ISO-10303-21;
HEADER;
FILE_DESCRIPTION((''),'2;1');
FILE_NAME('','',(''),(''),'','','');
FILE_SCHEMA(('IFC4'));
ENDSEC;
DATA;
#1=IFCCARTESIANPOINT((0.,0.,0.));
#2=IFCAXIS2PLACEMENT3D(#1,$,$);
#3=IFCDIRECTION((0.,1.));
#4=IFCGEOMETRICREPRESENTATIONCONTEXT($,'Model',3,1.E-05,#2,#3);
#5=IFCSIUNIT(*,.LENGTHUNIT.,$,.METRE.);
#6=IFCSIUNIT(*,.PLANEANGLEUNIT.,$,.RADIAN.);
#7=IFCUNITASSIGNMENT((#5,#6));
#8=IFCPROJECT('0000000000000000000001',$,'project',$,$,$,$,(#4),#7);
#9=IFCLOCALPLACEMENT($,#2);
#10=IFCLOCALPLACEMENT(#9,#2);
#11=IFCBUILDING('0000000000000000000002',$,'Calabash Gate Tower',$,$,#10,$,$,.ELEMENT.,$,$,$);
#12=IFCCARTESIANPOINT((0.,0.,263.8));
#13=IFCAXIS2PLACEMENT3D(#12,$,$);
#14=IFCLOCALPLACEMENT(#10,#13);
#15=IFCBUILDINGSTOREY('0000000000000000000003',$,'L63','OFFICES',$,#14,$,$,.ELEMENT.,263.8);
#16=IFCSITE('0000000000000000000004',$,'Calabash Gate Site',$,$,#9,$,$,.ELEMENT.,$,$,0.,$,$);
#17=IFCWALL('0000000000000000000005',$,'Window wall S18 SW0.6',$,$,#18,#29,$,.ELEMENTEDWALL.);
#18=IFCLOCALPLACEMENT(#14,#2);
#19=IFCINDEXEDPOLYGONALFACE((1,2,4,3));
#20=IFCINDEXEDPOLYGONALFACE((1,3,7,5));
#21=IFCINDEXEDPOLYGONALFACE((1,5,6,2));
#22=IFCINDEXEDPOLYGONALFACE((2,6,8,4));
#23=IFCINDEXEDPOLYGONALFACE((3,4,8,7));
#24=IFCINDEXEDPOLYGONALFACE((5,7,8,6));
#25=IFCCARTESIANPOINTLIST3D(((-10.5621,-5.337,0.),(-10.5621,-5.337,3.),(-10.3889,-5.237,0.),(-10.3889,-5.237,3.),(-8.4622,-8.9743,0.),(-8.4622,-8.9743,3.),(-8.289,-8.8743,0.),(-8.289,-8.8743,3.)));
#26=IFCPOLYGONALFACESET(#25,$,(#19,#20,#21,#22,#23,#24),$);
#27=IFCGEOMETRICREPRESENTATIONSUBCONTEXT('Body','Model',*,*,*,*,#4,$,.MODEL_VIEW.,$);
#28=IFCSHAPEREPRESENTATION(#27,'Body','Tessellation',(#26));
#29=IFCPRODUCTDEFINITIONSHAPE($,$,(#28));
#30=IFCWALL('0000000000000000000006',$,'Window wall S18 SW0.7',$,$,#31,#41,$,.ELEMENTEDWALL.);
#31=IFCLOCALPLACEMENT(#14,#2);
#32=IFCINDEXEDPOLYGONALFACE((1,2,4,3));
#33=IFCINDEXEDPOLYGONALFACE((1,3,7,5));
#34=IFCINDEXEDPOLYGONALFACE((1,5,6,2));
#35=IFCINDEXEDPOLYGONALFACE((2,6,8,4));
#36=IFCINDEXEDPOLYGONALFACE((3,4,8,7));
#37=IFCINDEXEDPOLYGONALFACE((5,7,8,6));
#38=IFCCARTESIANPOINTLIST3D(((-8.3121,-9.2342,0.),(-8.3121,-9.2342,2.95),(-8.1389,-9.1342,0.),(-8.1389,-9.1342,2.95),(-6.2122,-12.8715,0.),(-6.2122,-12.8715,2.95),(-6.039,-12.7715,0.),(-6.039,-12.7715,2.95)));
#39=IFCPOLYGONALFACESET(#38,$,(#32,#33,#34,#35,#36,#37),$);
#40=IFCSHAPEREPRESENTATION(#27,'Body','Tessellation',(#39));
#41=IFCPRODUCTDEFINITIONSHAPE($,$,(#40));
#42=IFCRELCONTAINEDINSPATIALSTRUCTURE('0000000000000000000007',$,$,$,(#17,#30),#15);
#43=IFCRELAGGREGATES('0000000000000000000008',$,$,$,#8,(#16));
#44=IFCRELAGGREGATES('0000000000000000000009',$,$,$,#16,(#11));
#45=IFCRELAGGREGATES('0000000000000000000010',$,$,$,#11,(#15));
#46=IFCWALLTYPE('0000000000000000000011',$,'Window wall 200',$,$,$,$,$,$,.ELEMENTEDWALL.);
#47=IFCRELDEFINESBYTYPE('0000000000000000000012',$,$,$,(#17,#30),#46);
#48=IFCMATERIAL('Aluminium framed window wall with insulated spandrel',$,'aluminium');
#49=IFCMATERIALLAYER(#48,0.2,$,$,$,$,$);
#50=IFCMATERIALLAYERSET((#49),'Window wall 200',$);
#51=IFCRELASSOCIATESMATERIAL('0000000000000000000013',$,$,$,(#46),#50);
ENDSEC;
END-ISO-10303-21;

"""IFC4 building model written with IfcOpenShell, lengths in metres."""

from ifc_helpers import new_model, si_unit, direction, frame, frame_2d, origin, place, context, subcontext, project, spatial, rectangle, extrude, material, layer, layer_set, type_object, element, save


model = new_model("IFC4")

# Units and contexts
model_context = context("Model", 3, precision=1e-05, world=origin(), true_north=direction((0.0, 1.0)))
body_context = subcontext(model_context, "Body", "Model", "MODEL_VIEW")
ifc_project = project(units=[si_unit("LENGTHUNIT", "METRE"), si_unit("PLANEANGLEUNIT", "RADIAN")], contexts=[model_context])

# Site, building, storey
site_placement = place(None, origin())
site = spatial("IfcSite", under=ifc_project, at=site_placement, Name="Calabash Gate Site", CompositionType="ELEMENT", RefElevation=0.0)
building_placement = place(site_placement, origin())
building = spatial("IfcBuilding", under=site, at=building_placement, Name="Calabash Gate Tower", CompositionType="ELEMENT")
storey_placement = place(building_placement, frame((0.0, 0.0, 263.8)))
storey = spatial("IfcBuildingStorey", under=building, at=storey_placement, Name="L63", Description="OFFICES", CompositionType="ELEMENT", Elevation=263.8)

# Walls
ifc_material_1 = material(Name="Aluminium framed window wall with insulated spandrel", Category="aluminium")
ifc_layer_1 = layer(ifc_material_1, 0.2)
ifc_layer_set_1 = layer_set([ifc_layer_1], Name="Window wall 200")
wall_type_1 = type_object("IfcWallType", Name="Window wall 200", PredefinedType="ELEMENTEDWALL", material=ifc_layer_set_1)
wall_1_placement = place(storey_placement, frame((-10.4756, -5.2869, 0.0), z_axis=(0.0, 0.0, 1.0), x_axis=(0.499984, -0.866035, 0.0)))
element("IfcWall", 1, at=wall_1_placement, inside=storey, type_object=wall_type_1, Name="Window wall S18 SW0.6", PredefinedType="ELEMENTEDWALL", context=body_context, shape_type="SweptSolid", body=[
    extrude(rectangle(XDim=4.2, YDim=0.2, at=frame_2d((2.1001, 0.0))), origin(), (0.0, 0.0, 1.0), 3.0),
])
wall_2_placement = place(storey_placement, frame((-8.2256, -9.1841, 0.0), z_axis=(0.0, 0.0, 1.0), x_axis=(0.499984, -0.866035, 0.0)))
element("IfcWall", 2, at=wall_2_placement, inside=storey, type_object=wall_type_1, Name="Window wall S18 SW0.7", PredefinedType="ELEMENTEDWALL", context=body_context, shape_type="SweptSolid", body=[
    extrude(rectangle(XDim=4.2, YDim=0.2, at=frame_2d((2.1001, 0.0))), origin(), (0.0, 0.0, 1.0), 2.95),
])

save(model, "model.ifc")
